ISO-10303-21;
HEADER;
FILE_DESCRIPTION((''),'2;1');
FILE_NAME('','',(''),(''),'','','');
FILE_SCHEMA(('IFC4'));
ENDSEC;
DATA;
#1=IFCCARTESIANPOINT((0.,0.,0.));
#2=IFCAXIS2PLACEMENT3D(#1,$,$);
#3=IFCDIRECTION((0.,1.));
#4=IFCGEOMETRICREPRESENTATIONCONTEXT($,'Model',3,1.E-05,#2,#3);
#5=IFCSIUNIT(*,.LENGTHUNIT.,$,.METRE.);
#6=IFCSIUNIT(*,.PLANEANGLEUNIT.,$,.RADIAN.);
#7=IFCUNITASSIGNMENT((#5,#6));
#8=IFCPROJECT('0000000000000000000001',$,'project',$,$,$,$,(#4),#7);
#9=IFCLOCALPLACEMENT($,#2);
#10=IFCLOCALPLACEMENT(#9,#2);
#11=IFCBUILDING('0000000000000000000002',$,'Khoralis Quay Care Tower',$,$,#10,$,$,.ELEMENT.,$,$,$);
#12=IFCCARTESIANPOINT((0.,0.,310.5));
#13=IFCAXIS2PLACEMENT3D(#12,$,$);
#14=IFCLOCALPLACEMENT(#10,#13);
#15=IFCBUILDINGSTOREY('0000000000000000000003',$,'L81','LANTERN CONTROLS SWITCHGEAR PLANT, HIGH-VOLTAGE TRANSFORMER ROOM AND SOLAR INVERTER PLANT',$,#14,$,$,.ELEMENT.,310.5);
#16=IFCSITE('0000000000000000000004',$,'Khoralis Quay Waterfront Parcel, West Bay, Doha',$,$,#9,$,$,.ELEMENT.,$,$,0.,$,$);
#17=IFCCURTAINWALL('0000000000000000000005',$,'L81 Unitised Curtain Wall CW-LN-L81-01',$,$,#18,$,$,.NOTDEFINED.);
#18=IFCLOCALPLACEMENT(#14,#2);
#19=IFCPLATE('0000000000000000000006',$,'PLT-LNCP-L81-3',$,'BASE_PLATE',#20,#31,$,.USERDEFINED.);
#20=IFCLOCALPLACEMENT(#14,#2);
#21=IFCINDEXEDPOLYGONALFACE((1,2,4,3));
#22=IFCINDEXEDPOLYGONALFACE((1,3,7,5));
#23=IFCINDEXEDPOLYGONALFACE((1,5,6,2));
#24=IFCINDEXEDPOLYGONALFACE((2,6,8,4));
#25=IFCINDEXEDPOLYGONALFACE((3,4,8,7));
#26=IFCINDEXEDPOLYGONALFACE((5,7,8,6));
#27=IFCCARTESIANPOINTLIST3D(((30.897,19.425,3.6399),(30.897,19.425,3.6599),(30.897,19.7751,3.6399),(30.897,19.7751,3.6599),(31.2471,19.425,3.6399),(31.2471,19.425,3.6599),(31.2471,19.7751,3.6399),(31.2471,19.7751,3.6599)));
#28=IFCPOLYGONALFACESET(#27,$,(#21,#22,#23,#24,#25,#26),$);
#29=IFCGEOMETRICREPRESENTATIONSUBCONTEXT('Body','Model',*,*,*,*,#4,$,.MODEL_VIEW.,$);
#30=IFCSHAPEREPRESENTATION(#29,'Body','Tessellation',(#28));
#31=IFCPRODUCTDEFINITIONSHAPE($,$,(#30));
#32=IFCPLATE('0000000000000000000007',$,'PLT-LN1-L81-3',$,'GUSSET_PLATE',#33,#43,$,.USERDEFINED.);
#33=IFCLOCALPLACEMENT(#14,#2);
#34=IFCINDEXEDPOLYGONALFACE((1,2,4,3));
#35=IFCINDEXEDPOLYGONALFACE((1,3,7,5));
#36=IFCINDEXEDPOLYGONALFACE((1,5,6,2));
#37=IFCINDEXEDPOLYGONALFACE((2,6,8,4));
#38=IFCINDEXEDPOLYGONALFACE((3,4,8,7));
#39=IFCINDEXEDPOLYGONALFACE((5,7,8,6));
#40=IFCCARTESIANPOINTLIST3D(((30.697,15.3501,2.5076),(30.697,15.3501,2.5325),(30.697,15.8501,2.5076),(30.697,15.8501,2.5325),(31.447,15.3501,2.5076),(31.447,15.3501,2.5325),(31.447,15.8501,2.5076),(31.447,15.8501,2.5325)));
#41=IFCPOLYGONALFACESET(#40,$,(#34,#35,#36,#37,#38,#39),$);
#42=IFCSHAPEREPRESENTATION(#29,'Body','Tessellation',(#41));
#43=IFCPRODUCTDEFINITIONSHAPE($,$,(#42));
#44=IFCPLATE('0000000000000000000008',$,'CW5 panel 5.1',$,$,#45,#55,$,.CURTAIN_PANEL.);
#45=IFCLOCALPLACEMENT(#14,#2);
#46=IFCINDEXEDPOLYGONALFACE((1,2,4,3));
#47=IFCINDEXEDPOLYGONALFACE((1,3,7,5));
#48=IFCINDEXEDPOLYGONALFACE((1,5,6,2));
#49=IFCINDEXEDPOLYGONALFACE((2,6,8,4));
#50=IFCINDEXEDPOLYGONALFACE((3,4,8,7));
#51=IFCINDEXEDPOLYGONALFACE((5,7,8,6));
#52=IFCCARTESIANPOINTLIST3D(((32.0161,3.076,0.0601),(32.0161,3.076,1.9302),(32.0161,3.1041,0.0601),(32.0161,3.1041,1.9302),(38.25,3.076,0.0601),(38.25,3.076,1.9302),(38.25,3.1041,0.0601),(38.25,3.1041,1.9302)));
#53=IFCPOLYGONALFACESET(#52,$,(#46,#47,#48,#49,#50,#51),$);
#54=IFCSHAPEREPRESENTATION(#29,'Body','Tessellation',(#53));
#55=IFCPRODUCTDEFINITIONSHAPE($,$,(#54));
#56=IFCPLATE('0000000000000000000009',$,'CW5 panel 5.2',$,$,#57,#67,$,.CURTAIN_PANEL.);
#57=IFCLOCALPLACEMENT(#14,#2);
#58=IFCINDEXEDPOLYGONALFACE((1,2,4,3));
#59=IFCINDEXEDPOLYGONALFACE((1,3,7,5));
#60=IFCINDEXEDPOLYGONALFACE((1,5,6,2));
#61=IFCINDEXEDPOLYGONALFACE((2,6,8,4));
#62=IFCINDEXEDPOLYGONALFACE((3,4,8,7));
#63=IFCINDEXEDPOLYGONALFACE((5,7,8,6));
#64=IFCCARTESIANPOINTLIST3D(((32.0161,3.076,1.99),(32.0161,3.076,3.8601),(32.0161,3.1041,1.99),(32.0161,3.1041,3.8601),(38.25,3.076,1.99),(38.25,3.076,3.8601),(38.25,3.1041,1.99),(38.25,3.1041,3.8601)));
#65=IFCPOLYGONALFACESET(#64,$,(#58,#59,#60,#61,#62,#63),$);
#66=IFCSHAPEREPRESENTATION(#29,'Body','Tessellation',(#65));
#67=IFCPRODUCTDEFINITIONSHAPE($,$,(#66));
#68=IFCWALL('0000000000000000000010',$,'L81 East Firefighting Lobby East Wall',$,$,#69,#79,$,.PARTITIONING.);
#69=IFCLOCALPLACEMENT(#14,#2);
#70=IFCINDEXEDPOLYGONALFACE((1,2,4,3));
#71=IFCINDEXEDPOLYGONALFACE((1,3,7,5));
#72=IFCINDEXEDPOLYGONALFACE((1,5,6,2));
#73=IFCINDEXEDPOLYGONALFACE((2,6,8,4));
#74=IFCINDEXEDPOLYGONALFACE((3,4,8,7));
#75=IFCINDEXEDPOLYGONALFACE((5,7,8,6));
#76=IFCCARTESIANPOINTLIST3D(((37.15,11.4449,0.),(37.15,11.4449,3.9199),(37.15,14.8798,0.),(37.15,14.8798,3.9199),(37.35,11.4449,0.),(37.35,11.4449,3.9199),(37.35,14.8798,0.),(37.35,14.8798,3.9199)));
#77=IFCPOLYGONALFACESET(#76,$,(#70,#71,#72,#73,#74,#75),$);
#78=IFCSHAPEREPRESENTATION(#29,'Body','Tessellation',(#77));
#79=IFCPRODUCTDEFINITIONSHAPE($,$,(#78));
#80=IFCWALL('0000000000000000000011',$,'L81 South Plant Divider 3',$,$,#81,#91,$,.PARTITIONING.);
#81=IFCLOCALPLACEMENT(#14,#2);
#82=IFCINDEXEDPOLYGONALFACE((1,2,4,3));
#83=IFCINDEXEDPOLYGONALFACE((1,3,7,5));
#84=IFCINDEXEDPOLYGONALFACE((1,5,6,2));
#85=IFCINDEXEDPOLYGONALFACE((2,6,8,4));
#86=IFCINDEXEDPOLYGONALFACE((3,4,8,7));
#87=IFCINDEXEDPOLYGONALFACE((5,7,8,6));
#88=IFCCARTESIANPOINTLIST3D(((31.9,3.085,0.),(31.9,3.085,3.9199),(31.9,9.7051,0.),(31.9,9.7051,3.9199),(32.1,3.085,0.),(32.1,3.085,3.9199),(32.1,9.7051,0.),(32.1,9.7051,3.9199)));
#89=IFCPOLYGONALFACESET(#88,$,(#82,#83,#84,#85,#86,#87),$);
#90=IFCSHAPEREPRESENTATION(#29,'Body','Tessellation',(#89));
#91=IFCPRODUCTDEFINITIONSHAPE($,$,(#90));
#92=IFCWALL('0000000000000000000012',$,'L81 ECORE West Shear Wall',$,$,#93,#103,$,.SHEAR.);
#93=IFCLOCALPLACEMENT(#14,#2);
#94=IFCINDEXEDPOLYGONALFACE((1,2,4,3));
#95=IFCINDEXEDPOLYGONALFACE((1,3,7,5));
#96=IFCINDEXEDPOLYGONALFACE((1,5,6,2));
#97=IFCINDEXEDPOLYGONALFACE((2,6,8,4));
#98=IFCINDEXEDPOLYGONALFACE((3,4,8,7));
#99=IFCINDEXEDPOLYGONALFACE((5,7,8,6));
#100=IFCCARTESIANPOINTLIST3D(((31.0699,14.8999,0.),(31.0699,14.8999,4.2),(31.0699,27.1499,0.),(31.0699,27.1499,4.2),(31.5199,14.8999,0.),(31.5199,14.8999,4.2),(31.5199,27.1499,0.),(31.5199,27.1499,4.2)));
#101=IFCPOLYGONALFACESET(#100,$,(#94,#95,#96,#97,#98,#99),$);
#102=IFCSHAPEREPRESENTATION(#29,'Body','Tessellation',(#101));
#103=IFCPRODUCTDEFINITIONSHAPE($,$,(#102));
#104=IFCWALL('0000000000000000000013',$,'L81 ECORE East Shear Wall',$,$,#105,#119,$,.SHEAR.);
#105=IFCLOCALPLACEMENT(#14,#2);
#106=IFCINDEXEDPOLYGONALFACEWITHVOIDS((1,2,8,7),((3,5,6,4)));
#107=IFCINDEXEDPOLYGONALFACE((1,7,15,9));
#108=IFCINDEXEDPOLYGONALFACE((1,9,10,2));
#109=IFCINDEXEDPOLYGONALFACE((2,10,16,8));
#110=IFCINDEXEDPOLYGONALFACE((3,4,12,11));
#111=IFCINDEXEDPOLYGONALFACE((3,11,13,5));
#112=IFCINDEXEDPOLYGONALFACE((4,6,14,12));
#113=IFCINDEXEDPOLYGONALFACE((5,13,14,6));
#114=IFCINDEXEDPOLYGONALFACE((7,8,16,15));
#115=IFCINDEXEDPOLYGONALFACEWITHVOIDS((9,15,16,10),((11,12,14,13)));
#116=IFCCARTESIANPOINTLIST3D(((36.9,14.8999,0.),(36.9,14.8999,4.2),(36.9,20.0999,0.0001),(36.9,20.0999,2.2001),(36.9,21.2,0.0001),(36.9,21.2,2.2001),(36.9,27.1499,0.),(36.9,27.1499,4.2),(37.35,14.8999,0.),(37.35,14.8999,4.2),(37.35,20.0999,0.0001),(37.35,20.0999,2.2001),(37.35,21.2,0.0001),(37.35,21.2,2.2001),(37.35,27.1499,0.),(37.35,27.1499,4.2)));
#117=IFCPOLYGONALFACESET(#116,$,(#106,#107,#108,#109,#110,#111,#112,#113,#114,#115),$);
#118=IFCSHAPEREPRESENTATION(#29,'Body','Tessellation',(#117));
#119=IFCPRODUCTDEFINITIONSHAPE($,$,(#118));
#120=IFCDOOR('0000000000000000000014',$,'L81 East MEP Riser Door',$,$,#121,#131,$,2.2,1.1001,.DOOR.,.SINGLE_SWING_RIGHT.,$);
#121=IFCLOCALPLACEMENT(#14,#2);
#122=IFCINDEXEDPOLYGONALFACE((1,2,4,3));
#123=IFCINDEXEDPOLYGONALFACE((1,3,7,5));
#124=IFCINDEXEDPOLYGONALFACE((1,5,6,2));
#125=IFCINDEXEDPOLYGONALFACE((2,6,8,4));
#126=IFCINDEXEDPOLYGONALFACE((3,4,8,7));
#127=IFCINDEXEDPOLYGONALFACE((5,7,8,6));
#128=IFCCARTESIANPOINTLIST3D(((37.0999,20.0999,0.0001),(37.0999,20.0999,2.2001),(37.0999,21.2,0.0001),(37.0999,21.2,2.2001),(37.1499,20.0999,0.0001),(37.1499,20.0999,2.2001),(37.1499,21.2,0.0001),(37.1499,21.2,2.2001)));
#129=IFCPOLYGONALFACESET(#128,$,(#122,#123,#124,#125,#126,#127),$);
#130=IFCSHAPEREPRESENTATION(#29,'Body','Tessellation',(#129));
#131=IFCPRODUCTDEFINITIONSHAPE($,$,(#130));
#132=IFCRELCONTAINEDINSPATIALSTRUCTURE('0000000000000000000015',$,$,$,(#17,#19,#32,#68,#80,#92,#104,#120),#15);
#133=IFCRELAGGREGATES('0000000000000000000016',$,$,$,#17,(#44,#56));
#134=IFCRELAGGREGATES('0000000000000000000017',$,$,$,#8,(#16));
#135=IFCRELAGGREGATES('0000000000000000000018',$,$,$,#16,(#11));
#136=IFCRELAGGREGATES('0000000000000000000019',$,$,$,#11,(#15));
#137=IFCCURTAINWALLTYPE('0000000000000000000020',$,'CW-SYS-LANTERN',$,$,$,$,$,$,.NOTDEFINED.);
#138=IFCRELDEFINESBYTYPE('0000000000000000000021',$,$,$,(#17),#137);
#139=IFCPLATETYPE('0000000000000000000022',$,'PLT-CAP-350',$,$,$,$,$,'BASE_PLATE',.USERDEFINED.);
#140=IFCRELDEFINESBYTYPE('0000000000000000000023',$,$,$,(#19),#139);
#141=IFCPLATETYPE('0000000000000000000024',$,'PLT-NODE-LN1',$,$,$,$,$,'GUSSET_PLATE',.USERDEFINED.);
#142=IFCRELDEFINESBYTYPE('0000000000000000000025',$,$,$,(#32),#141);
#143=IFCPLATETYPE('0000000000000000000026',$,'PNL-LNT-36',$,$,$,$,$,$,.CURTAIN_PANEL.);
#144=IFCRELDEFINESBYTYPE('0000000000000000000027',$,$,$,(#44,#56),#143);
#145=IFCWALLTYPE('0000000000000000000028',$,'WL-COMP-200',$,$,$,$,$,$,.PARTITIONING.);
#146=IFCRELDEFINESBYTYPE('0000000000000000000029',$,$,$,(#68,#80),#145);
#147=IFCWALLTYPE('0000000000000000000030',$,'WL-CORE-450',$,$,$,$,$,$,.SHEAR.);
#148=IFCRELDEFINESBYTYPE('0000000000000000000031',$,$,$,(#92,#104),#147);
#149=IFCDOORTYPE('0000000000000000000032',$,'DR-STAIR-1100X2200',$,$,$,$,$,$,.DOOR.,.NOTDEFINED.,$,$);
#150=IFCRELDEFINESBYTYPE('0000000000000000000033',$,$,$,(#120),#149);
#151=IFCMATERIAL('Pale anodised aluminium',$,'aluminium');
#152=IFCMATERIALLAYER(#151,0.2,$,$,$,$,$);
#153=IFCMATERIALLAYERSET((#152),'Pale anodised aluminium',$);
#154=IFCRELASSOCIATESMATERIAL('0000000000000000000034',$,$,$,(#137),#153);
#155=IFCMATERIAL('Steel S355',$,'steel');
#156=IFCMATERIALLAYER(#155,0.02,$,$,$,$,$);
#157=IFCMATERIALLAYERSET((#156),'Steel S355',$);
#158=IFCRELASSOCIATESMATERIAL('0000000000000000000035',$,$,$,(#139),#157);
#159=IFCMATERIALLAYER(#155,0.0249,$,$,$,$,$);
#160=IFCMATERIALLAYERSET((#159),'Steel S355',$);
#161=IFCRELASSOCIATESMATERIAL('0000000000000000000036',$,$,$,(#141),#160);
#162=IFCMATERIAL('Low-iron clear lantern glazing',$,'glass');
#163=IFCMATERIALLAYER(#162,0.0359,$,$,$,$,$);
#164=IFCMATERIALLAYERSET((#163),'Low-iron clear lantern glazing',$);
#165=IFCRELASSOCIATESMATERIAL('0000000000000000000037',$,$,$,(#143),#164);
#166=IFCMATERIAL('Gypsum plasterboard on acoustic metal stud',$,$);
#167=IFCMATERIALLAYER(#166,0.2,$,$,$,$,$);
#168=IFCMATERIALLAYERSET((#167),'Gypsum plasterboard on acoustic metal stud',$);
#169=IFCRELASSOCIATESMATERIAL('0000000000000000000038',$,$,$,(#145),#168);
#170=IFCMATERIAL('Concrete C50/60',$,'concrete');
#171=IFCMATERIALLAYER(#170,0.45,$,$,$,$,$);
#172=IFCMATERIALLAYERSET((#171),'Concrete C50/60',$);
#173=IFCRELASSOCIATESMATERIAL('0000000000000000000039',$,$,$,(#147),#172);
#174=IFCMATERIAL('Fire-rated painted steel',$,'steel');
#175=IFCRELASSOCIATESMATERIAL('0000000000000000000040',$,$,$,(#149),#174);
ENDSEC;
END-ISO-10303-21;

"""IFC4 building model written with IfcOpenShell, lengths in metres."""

from ifc_helpers import new_model, si_unit, direction, frame, frame_2d, origin, origin_2d, place, context, subcontext, project, spatial, rectangle, extrude, source, transform, mapped, material, layer, layer_set, type_object, element, fill, aggregate, save


model = new_model("IFC4")

# Units and contexts
model_context = context("Model", 3, precision=1e-05, world=origin(), true_north=direction((0.0, 1.0)))
body_context = subcontext(model_context, "Body", "Model", "MODEL_VIEW")
ifc_project = project(units=[si_unit("LENGTHUNIT", "METRE"), si_unit("PLANEANGLEUNIT", "RADIAN")], contexts=[model_context])

# Site, building, storey
site_placement = place(None, origin())
site = spatial("IfcSite", under=ifc_project, at=site_placement, Name="Khoralis Quay Waterfront Parcel, West Bay, Doha", CompositionType="ELEMENT", RefElevation=0.0)
building_placement = place(site_placement, origin())
building = spatial("IfcBuilding", under=site, at=building_placement, Name="Khoralis Quay Care Tower", CompositionType="ELEMENT")
storey_placement = place(building_placement, frame((0.0, 0.0, 310.5)))
storey = spatial("IfcBuildingStorey", under=building, at=storey_placement, Name="L81", Description="LANTERN CONTROLS SWITCHGEAR PLANT, HIGH-VOLTAGE TRANSFORMER ROOM AND SOLAR INVERTER PLANT", CompositionType="ELEMENT", Elevation=310.5)

# Shared definitions
ifc_material_1 = material(Name="Steel S355", Category="steel")

# Curtain wall
ifc_material_2 = material(Name="Pale anodised aluminium", Category="aluminium")
ifc_layer_1 = layer(ifc_material_2, 0.2)
ifc_layer_set_1 = layer_set([ifc_layer_1], Name="Pale anodised aluminium")
curtain_wall_type = type_object("IfcCurtainWallType", Name="CW-SYS-LANTERN", PredefinedType="NOTDEFINED", material=ifc_layer_set_1)
curtain_wall_placement = place(storey_placement, origin())
curtain_wall = element("IfcCurtainWall", 1, at=curtain_wall_placement, inside=storey, type_object=curtain_wall_type, Name="L81 Unitised Curtain Wall CW-LN-L81-01", PredefinedType="NOTDEFINED")

# Plates
ifc_layer_2 = layer(ifc_material_1, 0.02)
ifc_layer_set_2 = layer_set([ifc_layer_2], Name="Steel S355")
plate_type_1 = type_object("IfcPlateType", Name="PLT-CAP-350", ElementType="BASE_PLATE", PredefinedType="USERDEFINED", material=ifc_layer_set_2)
shared_shape_1 = source(origin(), body_context, "Body", "SweptSolid", [
    extrude(rectangle(XDim=0.3501, YDim=0.3501, at=origin_2d()), origin(), (0.0, 0.0, 1.0), 0.02),
])
plate_1_placement = place(storey_placement, frame((31.072, 19.6001, 3.6399), z_axis=(0.0, 0.0, 1.0), x_axis=(1.0, 0.0, 0.0)))
element("IfcPlate", 2, at=plate_1_placement, inside=storey, type_object=plate_type_1, Name="PLT-LNCP-L81-3", ObjectType="BASE_PLATE", PredefinedType="USERDEFINED", context=body_context, shape_type="MappedRepresentation", body=[
    mapped(shared_shape_1, transform((0.0, 0.0, 0.0), scale=1.0)),
])
ifc_layer_3 = layer(ifc_material_1, 0.0249)
ifc_layer_set_3 = layer_set([ifc_layer_3], Name="Steel S355")
plate_type_2 = type_object("IfcPlateType", Name="PLT-NODE-LN1", ElementType="GUSSET_PLATE", PredefinedType="USERDEFINED", material=ifc_layer_set_3)
shared_shape_2 = source(origin(), body_context, "Body", "SweptSolid", [
    extrude(rectangle(XDim=0.75, YDim=0.5, at=origin_2d()), origin(), (0.0, 0.0, 1.0), 0.0249),
])
plate_2_placement = place(storey_placement, frame((31.072, 15.6001, 2.5076), z_axis=(0.0, 0.0, 1.0), x_axis=(1.0, 0.0, 0.0)))
element("IfcPlate", 3, at=plate_2_placement, inside=storey, type_object=plate_type_2, Name="PLT-LN1-L81-3", ObjectType="GUSSET_PLATE", PredefinedType="USERDEFINED", context=body_context, shape_type="MappedRepresentation", body=[
    mapped(shared_shape_2, transform((0.0, 0.0, 0.0), scale=1.0)),
])

# Plates
ifc_material_3 = material(Name="Low-iron clear lantern glazing", Category="glass")
ifc_layer_4 = layer(ifc_material_3, 0.0359)
ifc_layer_set_4 = layer_set([ifc_layer_4], Name="Low-iron clear lantern glazing")
plate_type_3 = type_object("IfcPlateType", Name="PNL-LNT-36", PredefinedType="CURTAIN_PANEL", material=ifc_layer_set_4)
shared_shape_3 = source(origin(), body_context, "Body", "SweptSolid", [
    extrude(rectangle(XDim=6.2339, YDim=0.0281, at=origin_2d()), origin(), (0.0, 0.0, 1.0), 1.8701),
])
plate_3_placement = place(storey_placement, frame((35.1331, 3.0901, 0.0601), z_axis=(0.0, 0.0, 1.0), x_axis=(1.0, 0.0, 0.0)))
plate_3 = element("IfcPlate", 4, at=plate_3_placement, type_object=plate_type_3, Name="CW5 panel 5.1", PredefinedType="CURTAIN_PANEL", context=body_context, shape_type="MappedRepresentation", body=[
    mapped(shared_shape_3, transform((0.0, 0.0, 0.0), scale=1.0)),
])
plate_4_placement = place(storey_placement, frame((35.1331, 3.0901, 1.99), z_axis=(0.0, 0.0, 1.0), x_axis=(1.0, 0.0, 0.0)))
plate_4 = element("IfcPlate", 5, at=plate_4_placement, type_object=plate_type_3, Name="CW5 panel 5.2", PredefinedType="CURTAIN_PANEL", context=body_context, shape_type="MappedRepresentation", body=[
    mapped(shared_shape_3, transform((0.0, 0.0, 0.0), scale=1.0)),
])
aggregate(curtain_wall, [plate_3, plate_4])

# Walls
ifc_material_4 = material(Name="Gypsum plasterboard on acoustic metal stud")
ifc_layer_5 = layer(ifc_material_4, 0.2)
ifc_layer_set_5 = layer_set([ifc_layer_5], Name="Gypsum plasterboard on acoustic metal stud")
wall_type_1 = type_object("IfcWallType", Name="WL-COMP-200", PredefinedType="PARTITIONING", material=ifc_layer_set_5)
wall_1_placement = place(storey_placement, frame((37.25, 11.4451, 0.0), z_axis=(0.0, 0.0, 1.0), x_axis=(0.0, 1.0, 0.0)))
element("IfcWall", 6, at=wall_1_placement, inside=storey, type_object=wall_type_1, Name="L81 East Firefighting Lobby East Wall", PredefinedType="PARTITIONING", context=body_context, shape_type="SweptSolid", body=[
    extrude(rectangle(XDim=3.4348, YDim=0.2, at=frame_2d((1.7173, 0.0))), origin(), (0.0, 0.0, 1.0), 3.9199),
])
wall_2_placement = place(storey_placement, frame((32.0, 3.085, 0.0), z_axis=(0.0, 0.0, 1.0), x_axis=(0.0, 1.0, 0.0)))
element("IfcWall", 7, at=wall_2_placement, inside=storey, type_object=wall_type_1, Name="L81 South Plant Divider 3", PredefinedType="PARTITIONING", context=body_context, shape_type="SweptSolid", body=[
    extrude(rectangle(XDim=6.6201, YDim=0.2, at=frame_2d((3.3101, 0.0))), origin(), (0.0, 0.0, 1.0), 3.9199),
])
ifc_material_5 = material(Name="Concrete C50/60", Category="concrete")
ifc_layer_6 = layer(ifc_material_5, 0.45)
ifc_layer_set_6 = layer_set([ifc_layer_6], Name="Concrete C50/60")
wall_type_2 = type_object("IfcWallType", Name="WL-CORE-450", PredefinedType="SHEAR", material=ifc_layer_set_6)
wall_3_placement = place(storey_placement, frame((31.2949, 14.8999, 0.0), z_axis=(0.0, 0.0, 1.0), x_axis=(0.0, 1.0, 0.0)))
element("IfcWall", 8, at=wall_3_placement, inside=storey, type_object=wall_type_2, Name="L81 ECORE West Shear Wall", PredefinedType="SHEAR", context=body_context, shape_type="SweptSolid", body=[
    extrude(rectangle(XDim=12.25, YDim=0.45, at=frame_2d((6.125, 0.0))), origin(), (0.0, 0.0, 1.0), 4.2),
])

# Wall, opening, door
wall_4_placement = place(storey_placement, frame((37.125, 14.8999, 0.0), z_axis=(0.0, 0.0, 1.0), x_axis=(0.0, 1.0, 0.0)))
wall_4 = element("IfcWall", 9, at=wall_4_placement, inside=storey, type_object=wall_type_2, Name="L81 ECORE East Shear Wall", PredefinedType="SHEAR", context=body_context, shape_type="SweptSolid", body=[
    extrude(rectangle(XDim=12.25, YDim=0.45, at=frame_2d((6.125, 0.0))), origin(), (0.0, 0.0, 1.0), 4.2),
])
opening_1_placement = place(wall_4_placement, frame((5.2, 0.0, 0.0)))
opening_1 = element("IfcOpeningElement", 10, at=opening_1_placement, cuts=wall_4, PredefinedType="OPENING", context=body_context, shape_type="SweptSolid", body=[
    extrude(rectangle(XDim=1.1001, YDim=2.2, at=frame_2d((0.55, 1.1001))), frame((0.0, 0.2349, 0.0), z_axis=(0.0, -1.0, 0.0), x_axis=(1.0, 0.0, 0.0)), (0.0, 0.0, 1.0), 0.47),
])
ifc_material_6 = material(Name="Fire-rated painted steel", Category="steel")
door_type_1 = type_object("IfcDoorType", Name="DR-STAIR-1100X2200", OperationType="NOTDEFINED", PredefinedType="DOOR", material=ifc_material_6)
shared_shape_4 = source(origin(), body_context, "Body", "SweptSolid", [
    extrude(rectangle(XDim=1.1001, YDim=2.2, at=frame_2d((0.55, 1.1001))), frame((0.0, 0.0249, 0.0), z_axis=(0.0, -1.0, 0.0), x_axis=(1.0, 0.0, 0.0)), (0.0, 0.0, 1.0), 0.05),
])
door_1_placement = place(opening_1_placement, frame((1.1001, 0.0, 0.0), z_axis=(0.0, 0.0, 1.0), x_axis=(-1.0, 0.0, 0.0)))
door_1 = element("IfcDoor", 11, at=door_1_placement, inside=storey, type_object=door_type_1, Name="L81 East MEP Riser Door", OperationType="SINGLE_SWING_RIGHT", OverallHeight=2.2, OverallWidth=1.1001, PredefinedType="DOOR", context=body_context, shape_type="MappedRepresentation", body=[
    mapped(shared_shape_4, transform((0.0, 0.0, 0.0), scale=1.0)),
])
fill(opening_1, door_1)

save(model, "model.ifc")
